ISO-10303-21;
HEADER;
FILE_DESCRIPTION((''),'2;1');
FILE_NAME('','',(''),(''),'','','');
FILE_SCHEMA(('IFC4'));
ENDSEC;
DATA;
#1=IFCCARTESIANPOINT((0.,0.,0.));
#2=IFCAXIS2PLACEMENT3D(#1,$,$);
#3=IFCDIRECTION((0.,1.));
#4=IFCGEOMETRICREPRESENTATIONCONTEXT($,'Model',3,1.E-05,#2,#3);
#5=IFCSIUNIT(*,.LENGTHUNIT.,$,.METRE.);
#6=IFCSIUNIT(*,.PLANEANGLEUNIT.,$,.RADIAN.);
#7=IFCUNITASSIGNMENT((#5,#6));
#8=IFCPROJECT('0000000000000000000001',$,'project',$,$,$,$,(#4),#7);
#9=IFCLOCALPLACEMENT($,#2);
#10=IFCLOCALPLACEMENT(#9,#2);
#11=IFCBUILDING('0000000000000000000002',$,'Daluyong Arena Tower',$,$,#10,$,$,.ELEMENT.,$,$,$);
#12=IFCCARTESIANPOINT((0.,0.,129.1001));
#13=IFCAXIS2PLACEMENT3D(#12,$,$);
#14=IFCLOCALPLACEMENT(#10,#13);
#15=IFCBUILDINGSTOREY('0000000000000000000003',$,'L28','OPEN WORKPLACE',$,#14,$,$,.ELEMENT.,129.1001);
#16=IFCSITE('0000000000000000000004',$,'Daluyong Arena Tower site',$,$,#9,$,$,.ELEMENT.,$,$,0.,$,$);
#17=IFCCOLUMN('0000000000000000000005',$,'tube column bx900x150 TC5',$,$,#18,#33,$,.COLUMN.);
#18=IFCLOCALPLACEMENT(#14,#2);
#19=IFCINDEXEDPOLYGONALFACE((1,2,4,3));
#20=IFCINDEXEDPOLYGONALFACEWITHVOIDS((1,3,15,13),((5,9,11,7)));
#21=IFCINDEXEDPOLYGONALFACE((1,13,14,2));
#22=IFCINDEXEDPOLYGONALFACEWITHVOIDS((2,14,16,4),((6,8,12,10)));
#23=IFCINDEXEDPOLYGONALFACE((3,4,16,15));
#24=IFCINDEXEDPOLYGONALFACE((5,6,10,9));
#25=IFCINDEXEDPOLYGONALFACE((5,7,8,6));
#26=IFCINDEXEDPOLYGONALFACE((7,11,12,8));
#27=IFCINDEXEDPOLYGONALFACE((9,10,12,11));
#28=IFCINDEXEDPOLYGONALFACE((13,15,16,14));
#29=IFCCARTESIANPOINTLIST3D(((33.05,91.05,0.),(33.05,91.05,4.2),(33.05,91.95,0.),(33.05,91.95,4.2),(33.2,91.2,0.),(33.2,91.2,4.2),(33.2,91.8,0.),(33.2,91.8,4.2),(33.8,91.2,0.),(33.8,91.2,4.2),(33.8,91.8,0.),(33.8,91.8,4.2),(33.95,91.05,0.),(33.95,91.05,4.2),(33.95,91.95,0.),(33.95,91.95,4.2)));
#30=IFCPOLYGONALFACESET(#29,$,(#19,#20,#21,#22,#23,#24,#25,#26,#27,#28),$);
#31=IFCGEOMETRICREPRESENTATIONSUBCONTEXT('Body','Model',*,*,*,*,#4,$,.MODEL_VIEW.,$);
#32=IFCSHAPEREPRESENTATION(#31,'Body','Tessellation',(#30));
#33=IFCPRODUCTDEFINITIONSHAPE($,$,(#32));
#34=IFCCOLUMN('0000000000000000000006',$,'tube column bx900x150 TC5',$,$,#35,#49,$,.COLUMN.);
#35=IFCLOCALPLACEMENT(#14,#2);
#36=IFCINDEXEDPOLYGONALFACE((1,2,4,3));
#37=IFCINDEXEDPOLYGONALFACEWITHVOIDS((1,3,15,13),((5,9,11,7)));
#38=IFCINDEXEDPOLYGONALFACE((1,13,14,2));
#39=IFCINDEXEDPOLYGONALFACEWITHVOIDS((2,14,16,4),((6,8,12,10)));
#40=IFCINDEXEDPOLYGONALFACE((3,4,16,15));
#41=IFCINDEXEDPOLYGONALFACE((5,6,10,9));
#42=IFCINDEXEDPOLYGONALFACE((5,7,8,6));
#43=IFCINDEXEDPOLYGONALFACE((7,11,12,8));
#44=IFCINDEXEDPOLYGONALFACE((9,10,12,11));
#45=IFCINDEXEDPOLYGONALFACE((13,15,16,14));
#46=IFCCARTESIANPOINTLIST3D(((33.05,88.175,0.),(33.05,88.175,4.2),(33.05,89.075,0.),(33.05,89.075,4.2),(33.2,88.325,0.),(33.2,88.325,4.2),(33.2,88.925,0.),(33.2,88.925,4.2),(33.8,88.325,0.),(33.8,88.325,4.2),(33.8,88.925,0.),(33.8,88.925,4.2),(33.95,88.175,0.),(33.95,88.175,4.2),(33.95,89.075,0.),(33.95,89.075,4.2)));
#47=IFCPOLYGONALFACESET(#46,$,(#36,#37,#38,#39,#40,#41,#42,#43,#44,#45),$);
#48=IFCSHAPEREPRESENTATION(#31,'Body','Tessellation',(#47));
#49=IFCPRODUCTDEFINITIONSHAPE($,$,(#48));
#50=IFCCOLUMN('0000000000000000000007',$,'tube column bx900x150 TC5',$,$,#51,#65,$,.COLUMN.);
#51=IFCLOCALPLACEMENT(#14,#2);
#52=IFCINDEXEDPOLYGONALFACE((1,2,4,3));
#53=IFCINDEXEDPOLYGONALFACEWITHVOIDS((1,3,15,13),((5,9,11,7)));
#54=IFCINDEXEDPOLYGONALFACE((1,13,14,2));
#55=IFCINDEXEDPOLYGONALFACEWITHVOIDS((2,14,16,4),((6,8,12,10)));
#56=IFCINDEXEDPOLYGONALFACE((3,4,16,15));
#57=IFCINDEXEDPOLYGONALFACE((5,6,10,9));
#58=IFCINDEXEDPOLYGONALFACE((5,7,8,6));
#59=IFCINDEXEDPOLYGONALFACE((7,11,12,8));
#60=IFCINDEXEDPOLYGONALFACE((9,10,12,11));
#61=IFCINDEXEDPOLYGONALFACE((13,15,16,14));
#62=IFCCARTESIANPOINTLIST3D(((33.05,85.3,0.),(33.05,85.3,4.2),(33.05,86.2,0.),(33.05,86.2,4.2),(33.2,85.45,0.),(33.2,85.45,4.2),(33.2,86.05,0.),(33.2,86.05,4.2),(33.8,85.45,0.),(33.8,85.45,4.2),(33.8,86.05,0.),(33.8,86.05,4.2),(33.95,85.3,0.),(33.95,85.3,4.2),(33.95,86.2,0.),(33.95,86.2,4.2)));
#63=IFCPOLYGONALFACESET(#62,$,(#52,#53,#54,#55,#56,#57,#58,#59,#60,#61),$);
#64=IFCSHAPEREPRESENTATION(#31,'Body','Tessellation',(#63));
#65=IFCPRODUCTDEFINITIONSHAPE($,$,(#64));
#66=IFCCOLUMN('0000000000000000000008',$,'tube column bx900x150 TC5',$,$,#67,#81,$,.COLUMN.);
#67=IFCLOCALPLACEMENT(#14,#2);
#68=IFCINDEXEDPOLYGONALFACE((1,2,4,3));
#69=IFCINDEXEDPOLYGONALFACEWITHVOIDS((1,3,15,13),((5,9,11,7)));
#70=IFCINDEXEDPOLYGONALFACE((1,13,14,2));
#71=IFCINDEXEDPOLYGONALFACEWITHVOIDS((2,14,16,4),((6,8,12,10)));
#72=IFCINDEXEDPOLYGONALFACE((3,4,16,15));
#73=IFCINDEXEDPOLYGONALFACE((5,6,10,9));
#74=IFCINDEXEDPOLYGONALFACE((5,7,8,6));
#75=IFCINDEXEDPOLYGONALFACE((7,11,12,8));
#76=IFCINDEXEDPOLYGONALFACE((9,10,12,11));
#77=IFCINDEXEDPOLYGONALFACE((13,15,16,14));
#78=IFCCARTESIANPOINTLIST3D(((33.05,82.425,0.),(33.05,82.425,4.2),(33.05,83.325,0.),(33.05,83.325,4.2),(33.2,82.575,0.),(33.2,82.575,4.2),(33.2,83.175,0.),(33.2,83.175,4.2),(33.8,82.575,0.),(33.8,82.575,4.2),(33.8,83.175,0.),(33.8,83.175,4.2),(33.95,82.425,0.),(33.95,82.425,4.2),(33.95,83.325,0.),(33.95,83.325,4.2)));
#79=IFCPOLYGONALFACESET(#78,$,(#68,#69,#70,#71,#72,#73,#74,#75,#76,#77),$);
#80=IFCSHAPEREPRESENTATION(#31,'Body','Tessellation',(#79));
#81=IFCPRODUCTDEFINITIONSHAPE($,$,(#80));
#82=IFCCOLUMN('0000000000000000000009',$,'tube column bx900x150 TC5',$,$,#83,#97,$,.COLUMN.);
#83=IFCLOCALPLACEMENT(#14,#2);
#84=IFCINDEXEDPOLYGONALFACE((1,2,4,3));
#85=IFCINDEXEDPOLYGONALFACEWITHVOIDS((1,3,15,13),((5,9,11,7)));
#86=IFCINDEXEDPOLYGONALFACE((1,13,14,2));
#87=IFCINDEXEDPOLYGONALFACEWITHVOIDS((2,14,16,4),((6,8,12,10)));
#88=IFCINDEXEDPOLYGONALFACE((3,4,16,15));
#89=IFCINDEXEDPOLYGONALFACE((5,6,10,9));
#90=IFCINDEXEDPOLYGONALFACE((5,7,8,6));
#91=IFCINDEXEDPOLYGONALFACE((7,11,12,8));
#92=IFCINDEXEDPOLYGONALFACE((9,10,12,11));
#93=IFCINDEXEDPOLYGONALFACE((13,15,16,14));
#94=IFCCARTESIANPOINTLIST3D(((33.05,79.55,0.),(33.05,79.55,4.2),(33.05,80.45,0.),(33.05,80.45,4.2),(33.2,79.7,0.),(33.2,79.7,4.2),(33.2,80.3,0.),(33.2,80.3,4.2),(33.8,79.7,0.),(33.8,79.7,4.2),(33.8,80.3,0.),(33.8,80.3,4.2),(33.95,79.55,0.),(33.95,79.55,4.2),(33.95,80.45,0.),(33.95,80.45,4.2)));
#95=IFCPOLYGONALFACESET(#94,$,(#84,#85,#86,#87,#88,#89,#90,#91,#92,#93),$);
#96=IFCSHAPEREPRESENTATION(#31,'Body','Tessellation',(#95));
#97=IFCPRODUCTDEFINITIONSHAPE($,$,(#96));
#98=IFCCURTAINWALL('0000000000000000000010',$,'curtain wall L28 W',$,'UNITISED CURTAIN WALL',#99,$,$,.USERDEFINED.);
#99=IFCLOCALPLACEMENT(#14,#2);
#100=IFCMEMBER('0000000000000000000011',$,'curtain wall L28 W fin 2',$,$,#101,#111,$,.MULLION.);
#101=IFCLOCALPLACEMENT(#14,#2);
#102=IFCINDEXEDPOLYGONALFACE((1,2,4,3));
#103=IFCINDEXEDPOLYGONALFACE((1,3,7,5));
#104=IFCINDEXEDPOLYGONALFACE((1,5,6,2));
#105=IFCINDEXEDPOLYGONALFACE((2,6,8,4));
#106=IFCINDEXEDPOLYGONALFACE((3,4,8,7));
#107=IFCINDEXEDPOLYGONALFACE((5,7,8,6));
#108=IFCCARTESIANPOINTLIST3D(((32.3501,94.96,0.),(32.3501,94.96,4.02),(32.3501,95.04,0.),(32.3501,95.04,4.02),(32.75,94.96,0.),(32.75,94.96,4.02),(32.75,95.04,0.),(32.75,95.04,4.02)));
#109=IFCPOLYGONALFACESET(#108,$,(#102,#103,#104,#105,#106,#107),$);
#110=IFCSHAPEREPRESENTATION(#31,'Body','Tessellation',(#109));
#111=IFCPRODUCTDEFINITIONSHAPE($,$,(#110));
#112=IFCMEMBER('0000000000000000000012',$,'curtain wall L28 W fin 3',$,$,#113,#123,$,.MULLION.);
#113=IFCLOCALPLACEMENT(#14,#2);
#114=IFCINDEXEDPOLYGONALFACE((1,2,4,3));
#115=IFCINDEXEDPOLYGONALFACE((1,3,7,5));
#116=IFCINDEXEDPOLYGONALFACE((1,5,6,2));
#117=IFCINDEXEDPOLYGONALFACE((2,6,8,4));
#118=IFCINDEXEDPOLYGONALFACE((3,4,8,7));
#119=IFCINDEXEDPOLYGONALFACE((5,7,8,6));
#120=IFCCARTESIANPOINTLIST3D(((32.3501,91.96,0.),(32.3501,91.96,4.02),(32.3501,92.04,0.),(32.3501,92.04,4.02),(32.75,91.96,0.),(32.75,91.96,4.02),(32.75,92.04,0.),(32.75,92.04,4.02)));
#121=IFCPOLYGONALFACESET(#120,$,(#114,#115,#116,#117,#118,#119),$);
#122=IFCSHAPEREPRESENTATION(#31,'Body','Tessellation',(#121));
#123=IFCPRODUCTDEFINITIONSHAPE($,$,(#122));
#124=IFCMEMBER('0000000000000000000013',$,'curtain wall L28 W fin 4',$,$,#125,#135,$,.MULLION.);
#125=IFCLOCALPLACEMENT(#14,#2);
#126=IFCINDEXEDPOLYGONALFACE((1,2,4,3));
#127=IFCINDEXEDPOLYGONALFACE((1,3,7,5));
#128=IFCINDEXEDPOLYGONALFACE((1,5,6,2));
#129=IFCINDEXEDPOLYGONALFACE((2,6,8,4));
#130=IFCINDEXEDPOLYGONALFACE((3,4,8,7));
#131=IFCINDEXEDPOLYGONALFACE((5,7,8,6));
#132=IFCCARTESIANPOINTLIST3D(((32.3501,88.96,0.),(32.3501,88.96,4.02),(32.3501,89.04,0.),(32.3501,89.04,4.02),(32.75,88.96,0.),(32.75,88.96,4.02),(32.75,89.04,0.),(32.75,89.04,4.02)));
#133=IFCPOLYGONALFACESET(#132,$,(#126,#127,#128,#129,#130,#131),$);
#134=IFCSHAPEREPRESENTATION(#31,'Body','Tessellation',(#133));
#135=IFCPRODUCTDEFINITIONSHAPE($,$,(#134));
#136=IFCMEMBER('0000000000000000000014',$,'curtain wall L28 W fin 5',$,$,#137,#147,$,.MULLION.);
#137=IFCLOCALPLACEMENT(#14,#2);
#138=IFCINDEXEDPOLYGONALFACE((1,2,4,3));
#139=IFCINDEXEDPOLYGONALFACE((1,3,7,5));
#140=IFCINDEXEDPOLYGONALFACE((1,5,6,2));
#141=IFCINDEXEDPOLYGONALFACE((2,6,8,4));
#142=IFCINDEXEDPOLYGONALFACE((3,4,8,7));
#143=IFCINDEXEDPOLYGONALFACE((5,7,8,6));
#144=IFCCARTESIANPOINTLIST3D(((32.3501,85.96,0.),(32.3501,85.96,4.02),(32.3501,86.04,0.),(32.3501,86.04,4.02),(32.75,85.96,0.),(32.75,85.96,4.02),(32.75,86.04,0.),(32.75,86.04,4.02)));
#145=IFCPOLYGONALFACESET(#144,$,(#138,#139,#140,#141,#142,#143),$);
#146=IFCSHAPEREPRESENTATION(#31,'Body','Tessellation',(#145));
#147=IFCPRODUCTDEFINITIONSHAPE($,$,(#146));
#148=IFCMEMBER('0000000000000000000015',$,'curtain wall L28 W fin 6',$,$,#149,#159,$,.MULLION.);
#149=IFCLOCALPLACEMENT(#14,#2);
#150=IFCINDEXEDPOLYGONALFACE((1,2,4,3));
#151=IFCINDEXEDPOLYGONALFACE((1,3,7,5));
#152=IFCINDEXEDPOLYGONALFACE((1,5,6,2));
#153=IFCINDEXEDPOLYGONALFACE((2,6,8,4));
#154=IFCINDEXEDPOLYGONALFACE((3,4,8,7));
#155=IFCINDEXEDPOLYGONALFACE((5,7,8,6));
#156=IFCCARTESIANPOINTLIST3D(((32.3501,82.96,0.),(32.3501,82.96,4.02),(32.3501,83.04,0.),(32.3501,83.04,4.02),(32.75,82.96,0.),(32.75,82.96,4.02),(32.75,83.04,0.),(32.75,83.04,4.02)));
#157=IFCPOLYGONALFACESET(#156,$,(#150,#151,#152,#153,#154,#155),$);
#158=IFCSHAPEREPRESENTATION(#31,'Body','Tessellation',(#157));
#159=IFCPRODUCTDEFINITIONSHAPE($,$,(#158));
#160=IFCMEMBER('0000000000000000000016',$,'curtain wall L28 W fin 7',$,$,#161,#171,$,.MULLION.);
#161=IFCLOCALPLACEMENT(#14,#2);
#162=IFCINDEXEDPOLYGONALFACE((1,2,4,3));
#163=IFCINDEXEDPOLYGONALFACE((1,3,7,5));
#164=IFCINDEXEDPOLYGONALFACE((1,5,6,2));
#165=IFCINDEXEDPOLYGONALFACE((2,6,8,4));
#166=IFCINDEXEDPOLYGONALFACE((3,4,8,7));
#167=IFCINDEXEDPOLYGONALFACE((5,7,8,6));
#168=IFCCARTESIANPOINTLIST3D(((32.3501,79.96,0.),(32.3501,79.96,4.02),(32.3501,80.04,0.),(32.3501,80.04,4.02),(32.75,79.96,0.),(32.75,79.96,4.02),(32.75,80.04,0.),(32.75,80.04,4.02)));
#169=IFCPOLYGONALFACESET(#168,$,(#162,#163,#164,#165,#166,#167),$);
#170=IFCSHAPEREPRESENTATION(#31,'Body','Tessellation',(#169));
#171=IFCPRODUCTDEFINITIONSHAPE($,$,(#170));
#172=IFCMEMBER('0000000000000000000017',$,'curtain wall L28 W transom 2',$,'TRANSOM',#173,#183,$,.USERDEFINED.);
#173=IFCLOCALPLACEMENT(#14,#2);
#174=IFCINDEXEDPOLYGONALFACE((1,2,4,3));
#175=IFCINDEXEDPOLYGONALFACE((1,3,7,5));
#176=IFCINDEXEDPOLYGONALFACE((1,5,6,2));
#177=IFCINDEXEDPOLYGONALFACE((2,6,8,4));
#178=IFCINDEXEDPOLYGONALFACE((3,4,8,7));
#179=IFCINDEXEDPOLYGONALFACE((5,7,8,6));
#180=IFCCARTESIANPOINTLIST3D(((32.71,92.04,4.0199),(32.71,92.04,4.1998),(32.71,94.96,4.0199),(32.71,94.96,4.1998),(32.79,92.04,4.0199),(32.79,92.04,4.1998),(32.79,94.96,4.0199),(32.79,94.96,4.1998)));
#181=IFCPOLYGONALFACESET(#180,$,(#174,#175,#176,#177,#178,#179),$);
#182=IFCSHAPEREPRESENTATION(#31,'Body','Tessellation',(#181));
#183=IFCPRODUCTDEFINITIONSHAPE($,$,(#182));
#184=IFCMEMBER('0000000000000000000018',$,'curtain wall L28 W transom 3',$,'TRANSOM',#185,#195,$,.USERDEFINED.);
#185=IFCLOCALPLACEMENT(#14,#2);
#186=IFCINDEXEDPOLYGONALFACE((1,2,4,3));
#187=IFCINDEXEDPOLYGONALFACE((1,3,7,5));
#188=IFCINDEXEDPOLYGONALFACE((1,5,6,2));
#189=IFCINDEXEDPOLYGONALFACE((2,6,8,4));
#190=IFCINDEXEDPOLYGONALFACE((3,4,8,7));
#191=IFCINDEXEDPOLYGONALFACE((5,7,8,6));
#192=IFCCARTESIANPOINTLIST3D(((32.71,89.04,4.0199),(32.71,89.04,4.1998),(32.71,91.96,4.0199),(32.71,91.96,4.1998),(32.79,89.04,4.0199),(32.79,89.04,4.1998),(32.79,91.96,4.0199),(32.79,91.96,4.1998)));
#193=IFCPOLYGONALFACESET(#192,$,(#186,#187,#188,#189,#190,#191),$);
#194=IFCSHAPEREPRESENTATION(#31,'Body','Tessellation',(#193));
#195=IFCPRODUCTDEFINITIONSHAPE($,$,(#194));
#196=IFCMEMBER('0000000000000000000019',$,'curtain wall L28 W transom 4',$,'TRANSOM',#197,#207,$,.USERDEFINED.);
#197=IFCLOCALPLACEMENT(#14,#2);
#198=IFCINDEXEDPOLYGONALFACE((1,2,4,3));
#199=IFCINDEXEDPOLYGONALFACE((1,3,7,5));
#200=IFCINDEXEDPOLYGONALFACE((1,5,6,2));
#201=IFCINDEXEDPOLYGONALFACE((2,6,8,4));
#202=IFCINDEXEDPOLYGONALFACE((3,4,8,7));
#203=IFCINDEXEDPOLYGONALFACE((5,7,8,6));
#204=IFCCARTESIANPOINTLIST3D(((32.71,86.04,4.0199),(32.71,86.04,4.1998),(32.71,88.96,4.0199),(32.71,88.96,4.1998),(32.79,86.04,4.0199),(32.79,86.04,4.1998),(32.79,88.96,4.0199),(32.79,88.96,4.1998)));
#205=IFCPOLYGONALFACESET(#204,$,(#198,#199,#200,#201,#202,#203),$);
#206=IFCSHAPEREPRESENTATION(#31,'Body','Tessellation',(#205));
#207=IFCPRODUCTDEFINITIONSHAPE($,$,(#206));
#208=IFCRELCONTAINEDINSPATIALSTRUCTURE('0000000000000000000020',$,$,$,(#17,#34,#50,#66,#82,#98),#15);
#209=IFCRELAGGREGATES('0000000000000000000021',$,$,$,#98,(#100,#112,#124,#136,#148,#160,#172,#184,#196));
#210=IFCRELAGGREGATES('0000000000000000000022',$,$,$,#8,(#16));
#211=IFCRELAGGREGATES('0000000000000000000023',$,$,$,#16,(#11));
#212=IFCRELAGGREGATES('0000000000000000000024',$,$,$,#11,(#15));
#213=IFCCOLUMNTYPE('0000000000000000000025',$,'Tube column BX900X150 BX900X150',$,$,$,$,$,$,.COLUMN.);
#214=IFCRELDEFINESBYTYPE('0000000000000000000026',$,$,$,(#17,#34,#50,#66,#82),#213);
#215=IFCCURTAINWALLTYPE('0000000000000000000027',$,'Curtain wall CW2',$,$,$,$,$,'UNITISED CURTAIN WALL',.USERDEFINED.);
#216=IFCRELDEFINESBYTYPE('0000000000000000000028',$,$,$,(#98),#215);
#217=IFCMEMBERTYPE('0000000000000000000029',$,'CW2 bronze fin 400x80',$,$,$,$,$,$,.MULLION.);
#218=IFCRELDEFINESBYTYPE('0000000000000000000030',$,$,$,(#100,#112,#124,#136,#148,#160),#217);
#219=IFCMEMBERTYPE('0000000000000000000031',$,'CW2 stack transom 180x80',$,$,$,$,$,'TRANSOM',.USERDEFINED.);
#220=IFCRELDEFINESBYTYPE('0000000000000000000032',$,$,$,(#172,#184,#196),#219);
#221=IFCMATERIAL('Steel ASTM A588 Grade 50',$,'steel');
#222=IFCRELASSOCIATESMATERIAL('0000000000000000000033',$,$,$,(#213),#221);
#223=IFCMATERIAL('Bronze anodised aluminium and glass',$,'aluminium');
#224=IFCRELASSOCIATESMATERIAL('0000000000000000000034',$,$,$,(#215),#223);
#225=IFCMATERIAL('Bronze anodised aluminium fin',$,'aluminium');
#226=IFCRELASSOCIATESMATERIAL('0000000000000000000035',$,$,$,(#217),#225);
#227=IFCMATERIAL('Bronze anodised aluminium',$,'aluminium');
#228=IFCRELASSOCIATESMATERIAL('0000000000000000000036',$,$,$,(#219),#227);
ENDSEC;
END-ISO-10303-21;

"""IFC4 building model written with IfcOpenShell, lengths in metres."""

from ifc_helpers import new_model, si_unit, direction, frame, origin, origin_2d, place, context, subcontext, project, spatial, rectangle, hollow_rectangle, extrude, material, material_profile, profile_set, type_object, element, aggregate, save


model = new_model("IFC4")

# Units and contexts
model_context = context("Model", 3, precision=1e-05, world=origin(), true_north=direction((0.0, 1.0)))
body_context = subcontext(model_context, "Body", "Model", "MODEL_VIEW")
ifc_project = project(units=[si_unit("LENGTHUNIT", "METRE"), si_unit("PLANEANGLEUNIT", "RADIAN")], contexts=[model_context])

# Site, building, storey
site_placement = place(None, origin())
site = spatial("IfcSite", under=ifc_project, at=site_placement, Name="Daluyong Arena Tower site", CompositionType="ELEMENT", RefElevation=0.0)
building_placement = place(site_placement, origin())
building = spatial("IfcBuilding", under=site, at=building_placement, Name="Daluyong Arena Tower", CompositionType="ELEMENT")
storey_placement = place(building_placement, frame((0.0, 0.0, 129.1001)))
storey = spatial("IfcBuildingStorey", under=building, at=storey_placement, Name="L28", Description="OPEN WORKPLACE", CompositionType="ELEMENT", Elevation=129.1001)

# Columns
ifc_material_1 = material(Name="Steel ASTM A588 Grade 50", Category="steel")
ifc_material_profile_1 = material_profile(ifc_material_1, hollow_rectangle(XDim=0.8999, YDim=0.8999, WallThickness=0.15, at=origin_2d()))
ifc_profile_set_1 = profile_set([ifc_material_profile_1], Name="Steel ASTM A588 Grade 50")
column_type = type_object("IfcColumnType", Name="Tube column BX900X150 BX900X150", PredefinedType="COLUMN", material=ifc_profile_set_1)
for number, where, z_axis, x_axis, name in (
    (1, (33.5, 91.5, 0.0), (0.0, 0.0, 1.0), (0.0, 1.0, 0.0), "tube column bx900x150 TC5"),
    (2, (33.5, 88.625, 0.0), (0.0, 0.0, 1.0), (0.0, 1.0, 0.0), "tube column bx900x150 TC5"),
    (3, (33.5, 85.75, 0.0), (0.0, 0.0, 1.0), (0.0, 1.0, 0.0), "tube column bx900x150 TC5"),
    (4, (33.5, 82.875, 0.0), (0.0, 0.0, 1.0), (0.0, 1.0, 0.0), "tube column bx900x150 TC5"),
    (5, (33.5, 80.0, 0.0), (0.0, 0.0, 1.0), (0.0, 1.0, 0.0), "tube column bx900x150 TC5"),
):
    element("IfcColumn", number, at=place(storey_placement, frame(where, z_axis=z_axis, x_axis=x_axis)), inside=storey, type_object=column_type, Name=name, PredefinedType="COLUMN", context=body_context, shape_type="SweptSolid", body=[
        extrude(hollow_rectangle(XDim=0.8999, YDim=0.8999, WallThickness=0.15, at=origin_2d()), origin(), (0.0, 0.0, 1.0), 4.2),
    ])

# Curtain wall, members
ifc_material_2 = material(Name="Bronze anodised aluminium and glass", Category="aluminium")
curtain_wall_type = type_object("IfcCurtainWallType", Name="Curtain wall CW2", ElementType="UNITISED CURTAIN WALL", PredefinedType="USERDEFINED", material=ifc_material_2)
curtain_wall_placement = place(storey_placement, origin())
curtain_wall = element("IfcCurtainWall", 6, at=curtain_wall_placement, inside=storey, type_object=curtain_wall_type, Name="curtain wall L28 W", ObjectType="UNITISED CURTAIN WALL", PredefinedType="USERDEFINED")
ifc_material_3 = material(Name="Bronze anodised aluminium fin", Category="aluminium")
ifc_material_profile_2 = material_profile(ifc_material_3, rectangle(XDim=0.3999, YDim=0.0801, at=origin_2d()))
ifc_profile_set_2 = profile_set([ifc_material_profile_2], Name="Bronze anodised aluminium fin")
member_type_1 = type_object("IfcMemberType", Name="CW2 bronze fin 400x80", PredefinedType="MULLION", material=ifc_profile_set_2)
member_1_placement = place(storey_placement, frame((32.55, 95.0, 0.0), z_axis=(0.0, 0.0, 1.0), x_axis=(1.0, 0.0, 0.0)))
member_1 = element("IfcMember", 7, at=member_1_placement, type_object=member_type_1, Name="curtain wall L28 W fin 2", PredefinedType="MULLION", context=body_context, shape_type="SweptSolid", body=[
    extrude(rectangle(XDim=0.3999, YDim=0.0801, at=origin_2d()), origin(), (0.0, 0.0, 1.0), 4.02),
])
member_2_placement = place(storey_placement, frame((32.55, 92.0, 0.0), z_axis=(0.0, 0.0, 1.0), x_axis=(1.0, 0.0, 0.0)))
member_2 = element("IfcMember", 8, at=member_2_placement, type_object=member_type_1, Name="curtain wall L28 W fin 3", PredefinedType="MULLION", context=body_context, shape_type="SweptSolid", body=[
    extrude(rectangle(XDim=0.3999, YDim=0.0801, at=origin_2d()), origin(), (0.0, 0.0, 1.0), 4.02),
])
member_3_placement = place(storey_placement, frame((32.55, 89.0, 0.0), z_axis=(0.0, 0.0, 1.0), x_axis=(1.0, 0.0, 0.0)))
member_3 = element("IfcMember", 9, at=member_3_placement, type_object=member_type_1, Name="curtain wall L28 W fin 4", PredefinedType="MULLION", context=body_context, shape_type="SweptSolid", body=[
    extrude(rectangle(XDim=0.3999, YDim=0.0801, at=origin_2d()), origin(), (0.0, 0.0, 1.0), 4.02),
])
member_4_placement = place(storey_placement, frame((32.55, 86.0, 0.0), z_axis=(0.0, 0.0, 1.0), x_axis=(1.0, 0.0, 0.0)))
member_4 = element("IfcMember", 10, at=member_4_placement, type_object=member_type_1, Name="curtain wall L28 W fin 5", PredefinedType="MULLION", context=body_context, shape_type="SweptSolid", body=[
    extrude(rectangle(XDim=0.3999, YDim=0.0801, at=origin_2d()), origin(), (0.0, 0.0, 1.0), 4.02),
])
member_5_placement = place(storey_placement, frame((32.55, 83.0, 0.0), z_axis=(0.0, 0.0, 1.0), x_axis=(1.0, 0.0, 0.0)))
member_5 = element("IfcMember", 11, at=member_5_placement, type_object=member_type_1, Name="curtain wall L28 W fin 6", PredefinedType="MULLION", context=body_context, shape_type="SweptSolid", body=[
    extrude(rectangle(XDim=0.3999, YDim=0.0801, at=origin_2d()), origin(), (0.0, 0.0, 1.0), 4.02),
])
member_6_placement = place(storey_placement, frame((32.55, 80.0, 0.0), z_axis=(0.0, 0.0, 1.0), x_axis=(1.0, 0.0, 0.0)))
member_6 = element("IfcMember", 12, at=member_6_placement, type_object=member_type_1, Name="curtain wall L28 W fin 7", PredefinedType="MULLION", context=body_context, shape_type="SweptSolid", body=[
    extrude(rectangle(XDim=0.3999, YDim=0.0801, at=origin_2d()), origin(), (0.0, 0.0, 1.0), 4.02),
])
ifc_material_4 = material(Name="Bronze anodised aluminium", Category="aluminium")
ifc_material_profile_3 = material_profile(ifc_material_4, rectangle(XDim=0.0801, YDim=0.1799, at=origin_2d()))
ifc_profile_set_3 = profile_set([ifc_material_profile_3], Name="Bronze anodised aluminium")
member_type_2 = type_object("IfcMemberType", Name="CW2 stack transom 180x80", ElementType="TRANSOM", PredefinedType="USERDEFINED", material=ifc_profile_set_3)
member_7_placement = place(storey_placement, frame((32.75, 94.96, 4.1099), z_axis=(0.0, -1.0, 0.0), x_axis=(1.0, 0.0, 0.0)))
member_7 = element("IfcMember", 13, at=member_7_placement, type_object=member_type_2, Name="curtain wall L28 W transom 2", ObjectType="TRANSOM", PredefinedType="USERDEFINED", context=body_context, shape_type="SweptSolid", body=[
    extrude(rectangle(XDim=0.0801, YDim=0.1799, at=origin_2d()), origin(), (0.0, 0.0, 1.0), 2.9199),
])
member_8_placement = place(storey_placement, frame((32.75, 91.96, 4.1099), z_axis=(0.0, -1.0, 0.0), x_axis=(1.0, 0.0, 0.0)))
member_8 = element("IfcMember", 14, at=member_8_placement, type_object=member_type_2, Name="curtain wall L28 W transom 3", ObjectType="TRANSOM", PredefinedType="USERDEFINED", context=body_context, shape_type="SweptSolid", body=[
    extrude(rectangle(XDim=0.0801, YDim=0.1799, at=origin_2d()), origin(), (0.0, 0.0, 1.0), 2.9199),
])
member_9_placement = place(storey_placement, frame((32.75, 88.96, 4.1099), z_axis=(0.0, -1.0, 0.0), x_axis=(1.0, 0.0, 0.0)))
member_9 = element("IfcMember", 15, at=member_9_placement, type_object=member_type_2, Name="curtain wall L28 W transom 4", ObjectType="TRANSOM", PredefinedType="USERDEFINED", context=body_context, shape_type="SweptSolid", body=[
    extrude(rectangle(XDim=0.0801, YDim=0.1799, at=origin_2d()), origin(), (0.0, 0.0, 1.0), 2.9199),
])

aggregate(curtain_wall, [member_1, member_2, member_3, member_4, member_5, member_6, member_7, member_8, member_9])

save(model, "model.ifc")
